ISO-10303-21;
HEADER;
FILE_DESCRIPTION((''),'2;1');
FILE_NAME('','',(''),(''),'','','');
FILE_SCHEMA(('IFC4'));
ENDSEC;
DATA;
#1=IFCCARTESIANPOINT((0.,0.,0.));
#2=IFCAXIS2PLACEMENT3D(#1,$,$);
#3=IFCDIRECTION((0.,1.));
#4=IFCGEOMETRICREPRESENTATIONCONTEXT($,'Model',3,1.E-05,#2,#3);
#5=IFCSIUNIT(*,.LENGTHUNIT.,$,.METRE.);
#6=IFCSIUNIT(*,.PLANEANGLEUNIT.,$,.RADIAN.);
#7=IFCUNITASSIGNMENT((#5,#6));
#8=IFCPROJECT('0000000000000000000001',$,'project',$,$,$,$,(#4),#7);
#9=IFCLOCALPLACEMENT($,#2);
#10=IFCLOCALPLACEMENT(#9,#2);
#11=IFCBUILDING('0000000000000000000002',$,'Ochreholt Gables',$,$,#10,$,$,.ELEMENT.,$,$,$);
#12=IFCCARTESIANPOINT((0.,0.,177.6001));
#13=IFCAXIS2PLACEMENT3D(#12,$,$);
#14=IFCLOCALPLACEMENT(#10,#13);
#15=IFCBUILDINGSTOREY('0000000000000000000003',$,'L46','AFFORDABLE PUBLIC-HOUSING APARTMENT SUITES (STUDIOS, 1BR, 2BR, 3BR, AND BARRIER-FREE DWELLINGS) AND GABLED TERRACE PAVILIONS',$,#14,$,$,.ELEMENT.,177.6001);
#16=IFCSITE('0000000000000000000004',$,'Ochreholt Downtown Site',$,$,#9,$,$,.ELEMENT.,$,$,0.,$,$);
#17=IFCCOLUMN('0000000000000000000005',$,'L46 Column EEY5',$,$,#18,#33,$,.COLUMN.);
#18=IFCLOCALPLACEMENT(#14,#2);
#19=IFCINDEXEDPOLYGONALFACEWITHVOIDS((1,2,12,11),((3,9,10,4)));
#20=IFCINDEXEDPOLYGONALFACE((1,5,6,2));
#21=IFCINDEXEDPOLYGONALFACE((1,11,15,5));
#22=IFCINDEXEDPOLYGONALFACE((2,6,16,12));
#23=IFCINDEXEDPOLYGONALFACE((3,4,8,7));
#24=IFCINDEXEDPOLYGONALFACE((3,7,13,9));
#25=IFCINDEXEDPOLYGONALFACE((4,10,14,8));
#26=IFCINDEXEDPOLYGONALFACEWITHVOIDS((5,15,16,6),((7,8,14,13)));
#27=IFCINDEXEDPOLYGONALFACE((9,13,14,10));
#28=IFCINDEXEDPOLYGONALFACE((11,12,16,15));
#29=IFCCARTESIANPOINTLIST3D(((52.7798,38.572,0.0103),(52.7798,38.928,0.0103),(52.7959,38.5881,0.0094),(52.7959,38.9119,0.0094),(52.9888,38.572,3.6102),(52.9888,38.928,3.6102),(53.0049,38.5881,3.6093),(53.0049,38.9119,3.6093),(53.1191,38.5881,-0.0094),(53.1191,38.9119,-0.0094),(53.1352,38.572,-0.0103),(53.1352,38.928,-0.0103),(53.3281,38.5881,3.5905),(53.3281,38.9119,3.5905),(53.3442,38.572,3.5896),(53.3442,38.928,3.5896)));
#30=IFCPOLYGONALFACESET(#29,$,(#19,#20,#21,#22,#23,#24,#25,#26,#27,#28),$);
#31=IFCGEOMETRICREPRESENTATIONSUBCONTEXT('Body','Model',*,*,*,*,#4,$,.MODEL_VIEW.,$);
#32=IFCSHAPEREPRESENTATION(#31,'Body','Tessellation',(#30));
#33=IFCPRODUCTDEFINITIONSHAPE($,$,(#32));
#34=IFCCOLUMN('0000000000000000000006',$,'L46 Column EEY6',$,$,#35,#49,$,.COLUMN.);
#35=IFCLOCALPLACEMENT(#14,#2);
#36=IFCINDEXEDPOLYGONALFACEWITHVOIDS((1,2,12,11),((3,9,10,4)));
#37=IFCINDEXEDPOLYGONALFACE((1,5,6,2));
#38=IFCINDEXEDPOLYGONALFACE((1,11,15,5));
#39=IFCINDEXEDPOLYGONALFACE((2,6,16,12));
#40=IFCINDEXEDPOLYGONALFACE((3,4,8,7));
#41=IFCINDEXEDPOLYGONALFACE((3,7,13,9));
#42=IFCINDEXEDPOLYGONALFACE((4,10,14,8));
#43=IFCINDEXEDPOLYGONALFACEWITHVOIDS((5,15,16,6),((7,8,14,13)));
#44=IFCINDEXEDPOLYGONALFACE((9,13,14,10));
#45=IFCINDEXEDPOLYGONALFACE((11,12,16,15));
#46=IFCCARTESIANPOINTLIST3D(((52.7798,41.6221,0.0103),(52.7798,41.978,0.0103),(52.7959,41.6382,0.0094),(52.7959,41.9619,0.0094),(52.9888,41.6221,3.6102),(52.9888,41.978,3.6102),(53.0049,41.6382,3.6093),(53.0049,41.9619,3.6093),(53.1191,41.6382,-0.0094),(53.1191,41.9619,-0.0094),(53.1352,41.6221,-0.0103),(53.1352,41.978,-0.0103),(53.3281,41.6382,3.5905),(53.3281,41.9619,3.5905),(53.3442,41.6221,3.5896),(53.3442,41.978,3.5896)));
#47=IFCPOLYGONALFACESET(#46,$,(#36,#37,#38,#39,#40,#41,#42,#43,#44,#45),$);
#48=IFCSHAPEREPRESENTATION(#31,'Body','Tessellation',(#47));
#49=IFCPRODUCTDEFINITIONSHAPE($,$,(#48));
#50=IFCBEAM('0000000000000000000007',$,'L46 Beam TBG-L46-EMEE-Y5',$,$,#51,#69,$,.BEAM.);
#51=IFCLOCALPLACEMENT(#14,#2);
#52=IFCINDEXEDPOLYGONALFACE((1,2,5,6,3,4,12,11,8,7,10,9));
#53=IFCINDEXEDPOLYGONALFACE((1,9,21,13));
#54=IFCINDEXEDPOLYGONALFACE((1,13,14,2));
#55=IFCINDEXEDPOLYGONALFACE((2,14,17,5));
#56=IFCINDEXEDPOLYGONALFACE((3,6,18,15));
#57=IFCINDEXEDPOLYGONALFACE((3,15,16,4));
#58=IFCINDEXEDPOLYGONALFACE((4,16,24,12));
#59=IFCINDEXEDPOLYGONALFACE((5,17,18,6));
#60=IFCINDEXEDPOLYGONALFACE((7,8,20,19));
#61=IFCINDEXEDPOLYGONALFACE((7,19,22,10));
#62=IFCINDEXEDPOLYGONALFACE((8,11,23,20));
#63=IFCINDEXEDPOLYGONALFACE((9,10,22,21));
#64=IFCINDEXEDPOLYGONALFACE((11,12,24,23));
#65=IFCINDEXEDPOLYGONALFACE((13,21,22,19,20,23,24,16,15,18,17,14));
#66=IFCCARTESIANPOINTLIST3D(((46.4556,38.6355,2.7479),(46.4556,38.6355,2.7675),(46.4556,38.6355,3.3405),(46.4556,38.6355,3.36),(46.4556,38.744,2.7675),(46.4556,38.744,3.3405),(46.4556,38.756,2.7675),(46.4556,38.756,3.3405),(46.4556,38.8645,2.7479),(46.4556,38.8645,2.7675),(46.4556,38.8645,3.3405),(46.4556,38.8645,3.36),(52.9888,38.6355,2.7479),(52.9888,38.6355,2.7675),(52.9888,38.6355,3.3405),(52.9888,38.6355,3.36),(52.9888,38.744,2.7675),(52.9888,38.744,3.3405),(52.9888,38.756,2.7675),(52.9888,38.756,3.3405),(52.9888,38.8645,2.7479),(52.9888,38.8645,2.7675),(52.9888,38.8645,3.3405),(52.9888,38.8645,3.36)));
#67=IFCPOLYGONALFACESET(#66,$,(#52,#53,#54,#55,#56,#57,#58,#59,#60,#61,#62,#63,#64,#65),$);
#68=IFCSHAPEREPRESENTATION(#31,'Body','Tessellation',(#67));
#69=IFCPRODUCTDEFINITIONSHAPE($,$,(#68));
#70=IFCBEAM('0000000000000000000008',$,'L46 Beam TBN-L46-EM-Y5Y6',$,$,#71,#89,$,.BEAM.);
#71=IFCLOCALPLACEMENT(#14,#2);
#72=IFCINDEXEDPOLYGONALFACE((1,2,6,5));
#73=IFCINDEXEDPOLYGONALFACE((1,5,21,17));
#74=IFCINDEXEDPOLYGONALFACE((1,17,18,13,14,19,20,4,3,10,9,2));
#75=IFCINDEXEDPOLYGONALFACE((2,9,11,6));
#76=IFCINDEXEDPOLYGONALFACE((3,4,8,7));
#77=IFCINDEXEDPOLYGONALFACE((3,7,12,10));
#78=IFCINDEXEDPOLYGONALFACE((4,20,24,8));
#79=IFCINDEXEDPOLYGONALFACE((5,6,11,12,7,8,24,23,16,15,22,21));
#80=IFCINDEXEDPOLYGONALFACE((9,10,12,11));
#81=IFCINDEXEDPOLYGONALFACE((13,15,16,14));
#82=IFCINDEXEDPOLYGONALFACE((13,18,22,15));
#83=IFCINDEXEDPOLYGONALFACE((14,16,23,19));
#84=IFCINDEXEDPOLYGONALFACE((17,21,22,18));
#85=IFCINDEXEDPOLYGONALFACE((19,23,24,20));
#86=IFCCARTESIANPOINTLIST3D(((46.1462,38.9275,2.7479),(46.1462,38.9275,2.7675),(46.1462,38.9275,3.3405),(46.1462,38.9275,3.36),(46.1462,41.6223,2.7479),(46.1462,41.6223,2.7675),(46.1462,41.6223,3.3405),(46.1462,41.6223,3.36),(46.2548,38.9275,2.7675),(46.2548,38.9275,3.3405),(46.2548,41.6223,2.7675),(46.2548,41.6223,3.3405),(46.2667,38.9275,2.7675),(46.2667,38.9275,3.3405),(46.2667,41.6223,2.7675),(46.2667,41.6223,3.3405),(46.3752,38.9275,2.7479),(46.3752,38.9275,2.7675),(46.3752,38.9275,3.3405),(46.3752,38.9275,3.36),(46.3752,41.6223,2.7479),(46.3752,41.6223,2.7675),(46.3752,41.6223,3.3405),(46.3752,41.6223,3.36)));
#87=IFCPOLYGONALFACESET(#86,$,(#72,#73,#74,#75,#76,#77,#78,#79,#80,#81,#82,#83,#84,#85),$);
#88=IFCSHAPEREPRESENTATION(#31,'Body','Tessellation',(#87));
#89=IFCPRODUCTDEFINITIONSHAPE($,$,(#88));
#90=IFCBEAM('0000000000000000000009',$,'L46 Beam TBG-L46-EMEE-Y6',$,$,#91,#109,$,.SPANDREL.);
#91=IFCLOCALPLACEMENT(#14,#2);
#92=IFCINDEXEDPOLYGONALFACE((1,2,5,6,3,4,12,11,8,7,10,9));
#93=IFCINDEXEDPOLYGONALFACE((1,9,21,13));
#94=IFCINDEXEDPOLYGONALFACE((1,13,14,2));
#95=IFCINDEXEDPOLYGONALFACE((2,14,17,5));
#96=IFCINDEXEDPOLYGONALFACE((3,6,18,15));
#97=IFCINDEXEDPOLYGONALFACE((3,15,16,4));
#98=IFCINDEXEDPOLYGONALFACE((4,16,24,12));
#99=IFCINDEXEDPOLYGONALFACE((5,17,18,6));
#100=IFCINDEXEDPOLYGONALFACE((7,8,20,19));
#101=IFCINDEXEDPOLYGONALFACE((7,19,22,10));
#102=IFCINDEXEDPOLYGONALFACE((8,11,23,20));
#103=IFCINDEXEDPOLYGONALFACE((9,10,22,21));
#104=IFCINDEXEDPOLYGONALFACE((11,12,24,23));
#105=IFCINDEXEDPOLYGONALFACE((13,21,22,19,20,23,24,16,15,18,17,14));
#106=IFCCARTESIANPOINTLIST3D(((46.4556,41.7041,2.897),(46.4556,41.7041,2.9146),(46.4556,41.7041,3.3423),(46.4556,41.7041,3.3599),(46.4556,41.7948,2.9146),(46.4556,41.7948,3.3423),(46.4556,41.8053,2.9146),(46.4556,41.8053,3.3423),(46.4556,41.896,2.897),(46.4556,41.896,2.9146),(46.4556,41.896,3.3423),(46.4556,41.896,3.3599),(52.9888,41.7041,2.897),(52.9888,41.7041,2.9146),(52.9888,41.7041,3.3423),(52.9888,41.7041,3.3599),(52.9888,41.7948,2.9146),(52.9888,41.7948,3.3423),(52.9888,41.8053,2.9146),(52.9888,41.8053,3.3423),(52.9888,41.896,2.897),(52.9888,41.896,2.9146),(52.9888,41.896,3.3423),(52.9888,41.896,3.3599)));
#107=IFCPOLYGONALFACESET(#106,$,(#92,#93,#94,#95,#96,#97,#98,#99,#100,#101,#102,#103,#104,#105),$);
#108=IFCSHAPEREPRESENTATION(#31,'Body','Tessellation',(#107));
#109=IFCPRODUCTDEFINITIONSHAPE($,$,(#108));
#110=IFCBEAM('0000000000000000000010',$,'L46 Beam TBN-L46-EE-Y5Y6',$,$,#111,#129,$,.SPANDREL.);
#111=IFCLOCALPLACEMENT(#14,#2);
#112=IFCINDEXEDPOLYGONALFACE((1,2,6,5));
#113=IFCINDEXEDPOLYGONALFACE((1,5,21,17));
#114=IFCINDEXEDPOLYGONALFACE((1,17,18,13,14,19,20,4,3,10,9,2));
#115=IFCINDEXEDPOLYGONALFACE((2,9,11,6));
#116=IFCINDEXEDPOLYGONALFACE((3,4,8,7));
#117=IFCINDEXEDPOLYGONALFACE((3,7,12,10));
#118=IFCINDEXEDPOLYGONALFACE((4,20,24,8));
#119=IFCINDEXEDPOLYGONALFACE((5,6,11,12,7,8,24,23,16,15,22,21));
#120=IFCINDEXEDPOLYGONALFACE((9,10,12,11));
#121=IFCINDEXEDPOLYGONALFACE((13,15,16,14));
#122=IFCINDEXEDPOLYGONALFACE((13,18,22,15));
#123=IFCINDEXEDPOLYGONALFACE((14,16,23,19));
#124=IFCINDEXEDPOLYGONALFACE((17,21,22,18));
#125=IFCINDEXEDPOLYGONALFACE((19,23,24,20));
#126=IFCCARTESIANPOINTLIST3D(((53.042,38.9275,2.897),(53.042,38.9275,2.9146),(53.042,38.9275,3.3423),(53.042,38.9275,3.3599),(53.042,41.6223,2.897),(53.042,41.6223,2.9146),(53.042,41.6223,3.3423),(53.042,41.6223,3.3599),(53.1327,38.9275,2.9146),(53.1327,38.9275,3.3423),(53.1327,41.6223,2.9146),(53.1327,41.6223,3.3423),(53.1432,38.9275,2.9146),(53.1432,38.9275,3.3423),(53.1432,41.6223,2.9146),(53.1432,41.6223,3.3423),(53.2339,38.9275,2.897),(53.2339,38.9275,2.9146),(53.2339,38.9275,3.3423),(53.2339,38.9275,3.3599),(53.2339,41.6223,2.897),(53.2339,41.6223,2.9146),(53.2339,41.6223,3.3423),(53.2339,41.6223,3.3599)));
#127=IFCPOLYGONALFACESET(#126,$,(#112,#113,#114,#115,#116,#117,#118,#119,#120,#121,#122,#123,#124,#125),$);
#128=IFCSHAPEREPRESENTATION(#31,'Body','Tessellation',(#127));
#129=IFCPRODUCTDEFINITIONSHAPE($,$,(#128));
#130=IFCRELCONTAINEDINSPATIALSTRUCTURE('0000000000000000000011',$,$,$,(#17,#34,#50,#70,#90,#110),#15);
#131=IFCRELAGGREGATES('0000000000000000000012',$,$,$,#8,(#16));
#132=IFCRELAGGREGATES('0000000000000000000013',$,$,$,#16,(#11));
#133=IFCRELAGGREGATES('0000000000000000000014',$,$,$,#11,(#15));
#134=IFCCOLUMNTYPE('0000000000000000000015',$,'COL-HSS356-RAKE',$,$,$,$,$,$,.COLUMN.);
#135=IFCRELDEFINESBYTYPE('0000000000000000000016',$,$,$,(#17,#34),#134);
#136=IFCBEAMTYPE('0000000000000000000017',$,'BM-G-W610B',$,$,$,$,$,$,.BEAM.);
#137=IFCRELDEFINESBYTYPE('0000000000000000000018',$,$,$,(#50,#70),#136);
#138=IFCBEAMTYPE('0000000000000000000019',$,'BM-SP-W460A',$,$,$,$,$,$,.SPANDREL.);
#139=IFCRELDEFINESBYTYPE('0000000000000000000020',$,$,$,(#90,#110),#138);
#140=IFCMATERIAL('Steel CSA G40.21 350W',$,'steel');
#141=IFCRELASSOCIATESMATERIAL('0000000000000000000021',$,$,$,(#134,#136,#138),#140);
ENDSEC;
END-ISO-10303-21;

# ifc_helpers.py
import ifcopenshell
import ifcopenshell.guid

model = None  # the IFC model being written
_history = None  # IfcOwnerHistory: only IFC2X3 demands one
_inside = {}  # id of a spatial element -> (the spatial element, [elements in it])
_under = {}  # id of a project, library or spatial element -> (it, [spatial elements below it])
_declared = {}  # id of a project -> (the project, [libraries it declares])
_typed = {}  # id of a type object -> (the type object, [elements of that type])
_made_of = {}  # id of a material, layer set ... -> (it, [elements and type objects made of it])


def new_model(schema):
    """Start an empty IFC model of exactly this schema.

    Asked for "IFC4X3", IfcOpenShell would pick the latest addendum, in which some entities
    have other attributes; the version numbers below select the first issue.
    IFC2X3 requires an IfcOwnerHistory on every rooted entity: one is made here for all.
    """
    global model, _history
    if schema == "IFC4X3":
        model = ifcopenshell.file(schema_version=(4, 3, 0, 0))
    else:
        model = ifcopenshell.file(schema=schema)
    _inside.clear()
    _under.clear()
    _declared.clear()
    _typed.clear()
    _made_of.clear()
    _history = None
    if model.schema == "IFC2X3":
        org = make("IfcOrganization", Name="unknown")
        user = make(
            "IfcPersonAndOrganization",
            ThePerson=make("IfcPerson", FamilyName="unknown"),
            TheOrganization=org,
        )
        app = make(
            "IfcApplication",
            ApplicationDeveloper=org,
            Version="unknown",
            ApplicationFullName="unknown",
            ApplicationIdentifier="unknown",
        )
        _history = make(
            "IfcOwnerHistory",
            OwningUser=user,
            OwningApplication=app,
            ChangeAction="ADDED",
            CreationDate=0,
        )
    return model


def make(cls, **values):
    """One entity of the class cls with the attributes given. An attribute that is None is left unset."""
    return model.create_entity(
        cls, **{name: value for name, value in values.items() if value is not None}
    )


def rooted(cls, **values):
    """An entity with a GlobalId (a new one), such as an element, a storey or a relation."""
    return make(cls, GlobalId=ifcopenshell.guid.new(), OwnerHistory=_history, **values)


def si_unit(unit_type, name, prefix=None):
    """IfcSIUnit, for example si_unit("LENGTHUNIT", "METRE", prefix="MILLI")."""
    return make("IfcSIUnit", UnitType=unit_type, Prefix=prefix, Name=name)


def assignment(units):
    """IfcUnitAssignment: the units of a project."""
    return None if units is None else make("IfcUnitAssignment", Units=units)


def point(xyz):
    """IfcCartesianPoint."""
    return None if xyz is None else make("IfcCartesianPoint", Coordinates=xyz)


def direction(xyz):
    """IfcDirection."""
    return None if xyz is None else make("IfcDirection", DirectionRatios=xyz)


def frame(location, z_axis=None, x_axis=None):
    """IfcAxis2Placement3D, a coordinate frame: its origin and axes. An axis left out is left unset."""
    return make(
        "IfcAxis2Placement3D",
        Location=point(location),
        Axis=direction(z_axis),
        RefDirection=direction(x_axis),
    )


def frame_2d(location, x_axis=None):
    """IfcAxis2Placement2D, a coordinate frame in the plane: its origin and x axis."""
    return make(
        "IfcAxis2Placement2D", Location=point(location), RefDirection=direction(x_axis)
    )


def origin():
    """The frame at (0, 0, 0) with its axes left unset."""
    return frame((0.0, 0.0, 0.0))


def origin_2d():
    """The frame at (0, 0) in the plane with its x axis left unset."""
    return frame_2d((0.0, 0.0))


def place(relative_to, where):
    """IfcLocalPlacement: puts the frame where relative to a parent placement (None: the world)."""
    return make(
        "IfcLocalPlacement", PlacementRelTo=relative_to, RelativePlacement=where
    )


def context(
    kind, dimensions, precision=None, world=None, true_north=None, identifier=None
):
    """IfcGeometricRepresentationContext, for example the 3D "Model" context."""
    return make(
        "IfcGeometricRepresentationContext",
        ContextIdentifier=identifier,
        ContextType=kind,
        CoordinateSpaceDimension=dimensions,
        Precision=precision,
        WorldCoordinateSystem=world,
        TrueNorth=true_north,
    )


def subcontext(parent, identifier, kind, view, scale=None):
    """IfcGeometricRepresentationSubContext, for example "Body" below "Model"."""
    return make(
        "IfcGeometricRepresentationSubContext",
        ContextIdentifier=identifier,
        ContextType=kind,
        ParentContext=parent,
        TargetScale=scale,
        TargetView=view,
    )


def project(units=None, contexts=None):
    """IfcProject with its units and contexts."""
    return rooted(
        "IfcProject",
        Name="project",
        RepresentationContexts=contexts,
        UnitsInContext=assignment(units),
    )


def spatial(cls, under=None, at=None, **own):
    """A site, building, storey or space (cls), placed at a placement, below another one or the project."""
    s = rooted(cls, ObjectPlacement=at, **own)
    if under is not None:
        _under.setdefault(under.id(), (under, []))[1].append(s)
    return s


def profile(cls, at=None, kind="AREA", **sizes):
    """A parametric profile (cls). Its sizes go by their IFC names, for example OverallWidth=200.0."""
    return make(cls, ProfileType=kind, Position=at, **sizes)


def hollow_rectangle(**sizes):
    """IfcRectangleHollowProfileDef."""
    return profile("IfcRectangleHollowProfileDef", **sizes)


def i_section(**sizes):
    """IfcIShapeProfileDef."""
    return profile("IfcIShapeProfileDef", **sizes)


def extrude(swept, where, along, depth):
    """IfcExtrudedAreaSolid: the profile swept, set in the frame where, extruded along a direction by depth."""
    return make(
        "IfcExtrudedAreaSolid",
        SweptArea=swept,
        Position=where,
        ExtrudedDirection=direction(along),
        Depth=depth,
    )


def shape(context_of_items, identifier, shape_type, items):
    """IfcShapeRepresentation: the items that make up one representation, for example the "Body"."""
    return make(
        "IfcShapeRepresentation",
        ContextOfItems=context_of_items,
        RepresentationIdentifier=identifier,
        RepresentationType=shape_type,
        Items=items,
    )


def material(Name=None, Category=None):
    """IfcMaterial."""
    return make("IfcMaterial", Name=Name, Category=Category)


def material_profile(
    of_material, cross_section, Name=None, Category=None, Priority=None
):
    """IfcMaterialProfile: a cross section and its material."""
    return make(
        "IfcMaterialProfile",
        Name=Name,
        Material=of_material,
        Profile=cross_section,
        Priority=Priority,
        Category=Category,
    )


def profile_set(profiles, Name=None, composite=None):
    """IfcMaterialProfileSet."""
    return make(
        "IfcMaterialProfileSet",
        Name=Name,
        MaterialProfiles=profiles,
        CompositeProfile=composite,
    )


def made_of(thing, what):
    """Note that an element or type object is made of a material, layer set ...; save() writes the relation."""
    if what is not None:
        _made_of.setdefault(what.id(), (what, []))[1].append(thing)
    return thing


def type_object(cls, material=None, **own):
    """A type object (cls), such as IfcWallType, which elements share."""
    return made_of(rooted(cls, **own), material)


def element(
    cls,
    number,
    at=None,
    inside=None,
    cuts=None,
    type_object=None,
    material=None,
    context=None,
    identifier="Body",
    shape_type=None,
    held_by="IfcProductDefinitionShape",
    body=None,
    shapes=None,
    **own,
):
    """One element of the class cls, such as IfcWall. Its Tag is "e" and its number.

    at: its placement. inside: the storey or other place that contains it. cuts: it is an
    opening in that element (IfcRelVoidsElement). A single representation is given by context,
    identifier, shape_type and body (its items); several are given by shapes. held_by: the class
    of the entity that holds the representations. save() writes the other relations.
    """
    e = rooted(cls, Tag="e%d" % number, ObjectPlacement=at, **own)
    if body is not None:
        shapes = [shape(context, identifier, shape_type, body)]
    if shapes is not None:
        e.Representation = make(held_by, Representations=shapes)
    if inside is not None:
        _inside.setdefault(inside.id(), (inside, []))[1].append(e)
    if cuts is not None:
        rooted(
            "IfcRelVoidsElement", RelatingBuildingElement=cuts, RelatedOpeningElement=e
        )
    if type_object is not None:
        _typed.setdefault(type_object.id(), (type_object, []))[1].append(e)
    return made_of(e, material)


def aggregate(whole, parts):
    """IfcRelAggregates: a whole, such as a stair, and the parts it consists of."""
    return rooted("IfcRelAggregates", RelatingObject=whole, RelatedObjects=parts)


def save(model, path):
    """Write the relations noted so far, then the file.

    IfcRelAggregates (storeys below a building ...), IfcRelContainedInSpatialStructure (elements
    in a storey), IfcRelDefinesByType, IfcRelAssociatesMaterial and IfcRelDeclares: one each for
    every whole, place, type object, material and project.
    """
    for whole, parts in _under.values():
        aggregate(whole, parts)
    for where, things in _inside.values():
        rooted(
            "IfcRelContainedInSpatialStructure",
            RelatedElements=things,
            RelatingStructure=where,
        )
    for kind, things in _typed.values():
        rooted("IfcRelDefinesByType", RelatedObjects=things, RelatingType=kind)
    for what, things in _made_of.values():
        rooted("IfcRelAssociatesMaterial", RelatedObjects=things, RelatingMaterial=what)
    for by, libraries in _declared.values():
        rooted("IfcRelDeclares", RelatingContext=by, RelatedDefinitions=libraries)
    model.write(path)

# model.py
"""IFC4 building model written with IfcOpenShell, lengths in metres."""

from ifc_helpers import new_model, si_unit, direction, frame, origin, origin_2d, place, context, subcontext, project, spatial, hollow_rectangle, i_section, extrude, material, material_profile, profile_set, type_object, element, save


model = new_model("IFC4")

# Units and contexts
model_context = context("Model", 3, precision=1e-05, world=origin(), true_north=direction((0.0, 1.0)))
body_context = subcontext(model_context, "Body", "Model", "MODEL_VIEW")
ifc_project = project(units=[si_unit("LENGTHUNIT", "METRE"), si_unit("PLANEANGLEUNIT", "RADIAN")], contexts=[model_context])

# Site, building, storey
site_placement = place(None, origin())
site = spatial("IfcSite", under=ifc_project, at=site_placement, Name="Ochreholt Downtown Site", CompositionType="ELEMENT", RefElevation=0.0)
building_placement = place(site_placement, origin())
building = spatial("IfcBuilding", under=site, at=building_placement, Name="Ochreholt Gables", CompositionType="ELEMENT")
storey_placement = place(building_placement, frame((0.0, 0.0, 177.6001)))
storey = spatial("IfcBuildingStorey", under=building, at=storey_placement, Name="L46", Description="AFFORDABLE PUBLIC-HOUSING APARTMENT SUITES (STUDIOS, 1BR, 2BR, 3BR, AND BARRIER-FREE DWELLINGS) AND GABLED TERRACE PAVILIONS", CompositionType="ELEMENT", Elevation=177.6001)

# Columns
ifc_material_1 = material(Name="Steel CSA G40.21 350W", Category="steel")
ifc_material_profile_1 = material_profile(ifc_material_1, hollow_rectangle(XDim=0.356, YDim=0.356, WallThickness=0.0161, at=origin_2d()), Name="HSS356X356X16")
ifc_profile_set_1 = profile_set([ifc_material_profile_1], Name="Steel CSA G40.21 350W")
column_type = type_object("IfcColumnType", Name="COL-HSS356-RAKE", PredefinedType="COLUMN", material=ifc_profile_set_1)
for number, where, z_axis, x_axis, name in (
    (1, (52.9575, 38.75, 0.0), (0.057956, 0.0, 0.998319), (0.0, 1.0, 0.0), "L46 Column EEY5"),
    (2, (52.9575, 41.8, 0.0), (0.057956, 0.0, 0.998319), (0.0, 1.0, 0.0), "L46 Column EEY6"),
):
    element("IfcColumn", number, at=place(storey_placement, frame(where, z_axis=z_axis, x_axis=x_axis)), inside=storey, type_object=column_type, Name=name, PredefinedType="COLUMN", context=body_context, shape_type="SweptSolid", body=[
        extrude(hollow_rectangle(XDim=0.356, YDim=0.356, WallThickness=0.0161, at=origin_2d()), origin(), (0.0, 0.0, 1.0), 3.606),
    ])

# Beams
ifc_material_profile_2 = material_profile(ifc_material_1, i_section(OverallWidth=0.229, OverallDepth=0.6121, WebThickness=0.012, FlangeThickness=0.0195, at=origin_2d()), Name="W610X125")
ifc_profile_set_2 = profile_set([ifc_material_profile_2], Name="Steel CSA G40.21 350W")
beam_type_1 = type_object("IfcBeamType", Name="BM-G-W610B", PredefinedType="BEAM", material=ifc_profile_set_2)
beam_1_placement = place(storey_placement, frame((46.4556, 38.75, 3.054), z_axis=(1.0, 0.0, 0.0), x_axis=(0.0, 1.0, 0.0)))
element("IfcBeam", 3, at=beam_1_placement, inside=storey, type_object=beam_type_1, Name="L46 Beam TBG-L46-EMEE-Y5", PredefinedType="BEAM", context=body_context, shape_type="SweptSolid", body=[
    extrude(i_section(OverallWidth=0.229, OverallDepth=0.6121, WebThickness=0.012, FlangeThickness=0.0195, at=origin_2d()), origin(), (0.0, 0.0, 1.0), 6.5332),
])
beam_2_placement = place(storey_placement, frame((46.2607, 38.9275, 3.054), z_axis=(0.0, 1.0, 0.0), x_axis=(-1.0, 0.0, 0.0)))
element("IfcBeam", 4, at=beam_2_placement, inside=storey, type_object=beam_type_1, Name="L46 Beam TBN-L46-EM-Y5Y6", PredefinedType="BEAM", context=body_context, shape_type="SweptSolid", body=[
    extrude(i_section(OverallWidth=0.229, OverallDepth=0.6121, WebThickness=0.012, FlangeThickness=0.0195, at=origin_2d()), origin(), (0.0, 0.0, 1.0), 2.6948),
])
ifc_material_profile_3 = material_profile(ifc_material_1, i_section(OverallWidth=0.1919, OverallDepth=0.4629, WebThickness=0.0105, FlangeThickness=0.0176, at=origin_2d()), Name="W460X89")
ifc_profile_set_3 = profile_set([ifc_material_profile_3], Name="Steel CSA G40.21 350W")
beam_type_2 = type_object("IfcBeamType", Name="BM-SP-W460A", PredefinedType="SPANDREL", material=ifc_profile_set_3)
beam_3_placement = place(storey_placement, frame((46.4556, 41.8, 3.1284), z_axis=(1.0, 0.0, 0.0), x_axis=(0.0, 1.0, 0.0)))
element("IfcBeam", 5, at=beam_3_placement, inside=storey, type_object=beam_type_2, Name="L46 Beam TBG-L46-EMEE-Y6", PredefinedType="SPANDREL", context=body_context, shape_type="SweptSolid", body=[
    extrude(i_section(OverallWidth=0.1919, OverallDepth=0.4629, WebThickness=0.0105, FlangeThickness=0.0176, at=origin_2d()), origin(), (0.0, 0.0, 1.0), 6.5332),
])
beam_4_placement = place(storey_placement, frame((53.1379, 38.9275, 3.1284), z_axis=(0.0, 1.0, 0.0), x_axis=(-1.0, 0.0, 0.0)))
element("IfcBeam", 6, at=beam_4_placement, inside=storey, type_object=beam_type_2, Name="L46 Beam TBN-L46-EE-Y5Y6", PredefinedType="SPANDREL", context=body_context, shape_type="SweptSolid", body=[
    extrude(i_section(OverallWidth=0.1919, OverallDepth=0.4629, WebThickness=0.0105, FlangeThickness=0.0176, at=origin_2d()), origin(), (0.0, 0.0, 1.0), 2.6948),
])

save(model, "model.ifc")
